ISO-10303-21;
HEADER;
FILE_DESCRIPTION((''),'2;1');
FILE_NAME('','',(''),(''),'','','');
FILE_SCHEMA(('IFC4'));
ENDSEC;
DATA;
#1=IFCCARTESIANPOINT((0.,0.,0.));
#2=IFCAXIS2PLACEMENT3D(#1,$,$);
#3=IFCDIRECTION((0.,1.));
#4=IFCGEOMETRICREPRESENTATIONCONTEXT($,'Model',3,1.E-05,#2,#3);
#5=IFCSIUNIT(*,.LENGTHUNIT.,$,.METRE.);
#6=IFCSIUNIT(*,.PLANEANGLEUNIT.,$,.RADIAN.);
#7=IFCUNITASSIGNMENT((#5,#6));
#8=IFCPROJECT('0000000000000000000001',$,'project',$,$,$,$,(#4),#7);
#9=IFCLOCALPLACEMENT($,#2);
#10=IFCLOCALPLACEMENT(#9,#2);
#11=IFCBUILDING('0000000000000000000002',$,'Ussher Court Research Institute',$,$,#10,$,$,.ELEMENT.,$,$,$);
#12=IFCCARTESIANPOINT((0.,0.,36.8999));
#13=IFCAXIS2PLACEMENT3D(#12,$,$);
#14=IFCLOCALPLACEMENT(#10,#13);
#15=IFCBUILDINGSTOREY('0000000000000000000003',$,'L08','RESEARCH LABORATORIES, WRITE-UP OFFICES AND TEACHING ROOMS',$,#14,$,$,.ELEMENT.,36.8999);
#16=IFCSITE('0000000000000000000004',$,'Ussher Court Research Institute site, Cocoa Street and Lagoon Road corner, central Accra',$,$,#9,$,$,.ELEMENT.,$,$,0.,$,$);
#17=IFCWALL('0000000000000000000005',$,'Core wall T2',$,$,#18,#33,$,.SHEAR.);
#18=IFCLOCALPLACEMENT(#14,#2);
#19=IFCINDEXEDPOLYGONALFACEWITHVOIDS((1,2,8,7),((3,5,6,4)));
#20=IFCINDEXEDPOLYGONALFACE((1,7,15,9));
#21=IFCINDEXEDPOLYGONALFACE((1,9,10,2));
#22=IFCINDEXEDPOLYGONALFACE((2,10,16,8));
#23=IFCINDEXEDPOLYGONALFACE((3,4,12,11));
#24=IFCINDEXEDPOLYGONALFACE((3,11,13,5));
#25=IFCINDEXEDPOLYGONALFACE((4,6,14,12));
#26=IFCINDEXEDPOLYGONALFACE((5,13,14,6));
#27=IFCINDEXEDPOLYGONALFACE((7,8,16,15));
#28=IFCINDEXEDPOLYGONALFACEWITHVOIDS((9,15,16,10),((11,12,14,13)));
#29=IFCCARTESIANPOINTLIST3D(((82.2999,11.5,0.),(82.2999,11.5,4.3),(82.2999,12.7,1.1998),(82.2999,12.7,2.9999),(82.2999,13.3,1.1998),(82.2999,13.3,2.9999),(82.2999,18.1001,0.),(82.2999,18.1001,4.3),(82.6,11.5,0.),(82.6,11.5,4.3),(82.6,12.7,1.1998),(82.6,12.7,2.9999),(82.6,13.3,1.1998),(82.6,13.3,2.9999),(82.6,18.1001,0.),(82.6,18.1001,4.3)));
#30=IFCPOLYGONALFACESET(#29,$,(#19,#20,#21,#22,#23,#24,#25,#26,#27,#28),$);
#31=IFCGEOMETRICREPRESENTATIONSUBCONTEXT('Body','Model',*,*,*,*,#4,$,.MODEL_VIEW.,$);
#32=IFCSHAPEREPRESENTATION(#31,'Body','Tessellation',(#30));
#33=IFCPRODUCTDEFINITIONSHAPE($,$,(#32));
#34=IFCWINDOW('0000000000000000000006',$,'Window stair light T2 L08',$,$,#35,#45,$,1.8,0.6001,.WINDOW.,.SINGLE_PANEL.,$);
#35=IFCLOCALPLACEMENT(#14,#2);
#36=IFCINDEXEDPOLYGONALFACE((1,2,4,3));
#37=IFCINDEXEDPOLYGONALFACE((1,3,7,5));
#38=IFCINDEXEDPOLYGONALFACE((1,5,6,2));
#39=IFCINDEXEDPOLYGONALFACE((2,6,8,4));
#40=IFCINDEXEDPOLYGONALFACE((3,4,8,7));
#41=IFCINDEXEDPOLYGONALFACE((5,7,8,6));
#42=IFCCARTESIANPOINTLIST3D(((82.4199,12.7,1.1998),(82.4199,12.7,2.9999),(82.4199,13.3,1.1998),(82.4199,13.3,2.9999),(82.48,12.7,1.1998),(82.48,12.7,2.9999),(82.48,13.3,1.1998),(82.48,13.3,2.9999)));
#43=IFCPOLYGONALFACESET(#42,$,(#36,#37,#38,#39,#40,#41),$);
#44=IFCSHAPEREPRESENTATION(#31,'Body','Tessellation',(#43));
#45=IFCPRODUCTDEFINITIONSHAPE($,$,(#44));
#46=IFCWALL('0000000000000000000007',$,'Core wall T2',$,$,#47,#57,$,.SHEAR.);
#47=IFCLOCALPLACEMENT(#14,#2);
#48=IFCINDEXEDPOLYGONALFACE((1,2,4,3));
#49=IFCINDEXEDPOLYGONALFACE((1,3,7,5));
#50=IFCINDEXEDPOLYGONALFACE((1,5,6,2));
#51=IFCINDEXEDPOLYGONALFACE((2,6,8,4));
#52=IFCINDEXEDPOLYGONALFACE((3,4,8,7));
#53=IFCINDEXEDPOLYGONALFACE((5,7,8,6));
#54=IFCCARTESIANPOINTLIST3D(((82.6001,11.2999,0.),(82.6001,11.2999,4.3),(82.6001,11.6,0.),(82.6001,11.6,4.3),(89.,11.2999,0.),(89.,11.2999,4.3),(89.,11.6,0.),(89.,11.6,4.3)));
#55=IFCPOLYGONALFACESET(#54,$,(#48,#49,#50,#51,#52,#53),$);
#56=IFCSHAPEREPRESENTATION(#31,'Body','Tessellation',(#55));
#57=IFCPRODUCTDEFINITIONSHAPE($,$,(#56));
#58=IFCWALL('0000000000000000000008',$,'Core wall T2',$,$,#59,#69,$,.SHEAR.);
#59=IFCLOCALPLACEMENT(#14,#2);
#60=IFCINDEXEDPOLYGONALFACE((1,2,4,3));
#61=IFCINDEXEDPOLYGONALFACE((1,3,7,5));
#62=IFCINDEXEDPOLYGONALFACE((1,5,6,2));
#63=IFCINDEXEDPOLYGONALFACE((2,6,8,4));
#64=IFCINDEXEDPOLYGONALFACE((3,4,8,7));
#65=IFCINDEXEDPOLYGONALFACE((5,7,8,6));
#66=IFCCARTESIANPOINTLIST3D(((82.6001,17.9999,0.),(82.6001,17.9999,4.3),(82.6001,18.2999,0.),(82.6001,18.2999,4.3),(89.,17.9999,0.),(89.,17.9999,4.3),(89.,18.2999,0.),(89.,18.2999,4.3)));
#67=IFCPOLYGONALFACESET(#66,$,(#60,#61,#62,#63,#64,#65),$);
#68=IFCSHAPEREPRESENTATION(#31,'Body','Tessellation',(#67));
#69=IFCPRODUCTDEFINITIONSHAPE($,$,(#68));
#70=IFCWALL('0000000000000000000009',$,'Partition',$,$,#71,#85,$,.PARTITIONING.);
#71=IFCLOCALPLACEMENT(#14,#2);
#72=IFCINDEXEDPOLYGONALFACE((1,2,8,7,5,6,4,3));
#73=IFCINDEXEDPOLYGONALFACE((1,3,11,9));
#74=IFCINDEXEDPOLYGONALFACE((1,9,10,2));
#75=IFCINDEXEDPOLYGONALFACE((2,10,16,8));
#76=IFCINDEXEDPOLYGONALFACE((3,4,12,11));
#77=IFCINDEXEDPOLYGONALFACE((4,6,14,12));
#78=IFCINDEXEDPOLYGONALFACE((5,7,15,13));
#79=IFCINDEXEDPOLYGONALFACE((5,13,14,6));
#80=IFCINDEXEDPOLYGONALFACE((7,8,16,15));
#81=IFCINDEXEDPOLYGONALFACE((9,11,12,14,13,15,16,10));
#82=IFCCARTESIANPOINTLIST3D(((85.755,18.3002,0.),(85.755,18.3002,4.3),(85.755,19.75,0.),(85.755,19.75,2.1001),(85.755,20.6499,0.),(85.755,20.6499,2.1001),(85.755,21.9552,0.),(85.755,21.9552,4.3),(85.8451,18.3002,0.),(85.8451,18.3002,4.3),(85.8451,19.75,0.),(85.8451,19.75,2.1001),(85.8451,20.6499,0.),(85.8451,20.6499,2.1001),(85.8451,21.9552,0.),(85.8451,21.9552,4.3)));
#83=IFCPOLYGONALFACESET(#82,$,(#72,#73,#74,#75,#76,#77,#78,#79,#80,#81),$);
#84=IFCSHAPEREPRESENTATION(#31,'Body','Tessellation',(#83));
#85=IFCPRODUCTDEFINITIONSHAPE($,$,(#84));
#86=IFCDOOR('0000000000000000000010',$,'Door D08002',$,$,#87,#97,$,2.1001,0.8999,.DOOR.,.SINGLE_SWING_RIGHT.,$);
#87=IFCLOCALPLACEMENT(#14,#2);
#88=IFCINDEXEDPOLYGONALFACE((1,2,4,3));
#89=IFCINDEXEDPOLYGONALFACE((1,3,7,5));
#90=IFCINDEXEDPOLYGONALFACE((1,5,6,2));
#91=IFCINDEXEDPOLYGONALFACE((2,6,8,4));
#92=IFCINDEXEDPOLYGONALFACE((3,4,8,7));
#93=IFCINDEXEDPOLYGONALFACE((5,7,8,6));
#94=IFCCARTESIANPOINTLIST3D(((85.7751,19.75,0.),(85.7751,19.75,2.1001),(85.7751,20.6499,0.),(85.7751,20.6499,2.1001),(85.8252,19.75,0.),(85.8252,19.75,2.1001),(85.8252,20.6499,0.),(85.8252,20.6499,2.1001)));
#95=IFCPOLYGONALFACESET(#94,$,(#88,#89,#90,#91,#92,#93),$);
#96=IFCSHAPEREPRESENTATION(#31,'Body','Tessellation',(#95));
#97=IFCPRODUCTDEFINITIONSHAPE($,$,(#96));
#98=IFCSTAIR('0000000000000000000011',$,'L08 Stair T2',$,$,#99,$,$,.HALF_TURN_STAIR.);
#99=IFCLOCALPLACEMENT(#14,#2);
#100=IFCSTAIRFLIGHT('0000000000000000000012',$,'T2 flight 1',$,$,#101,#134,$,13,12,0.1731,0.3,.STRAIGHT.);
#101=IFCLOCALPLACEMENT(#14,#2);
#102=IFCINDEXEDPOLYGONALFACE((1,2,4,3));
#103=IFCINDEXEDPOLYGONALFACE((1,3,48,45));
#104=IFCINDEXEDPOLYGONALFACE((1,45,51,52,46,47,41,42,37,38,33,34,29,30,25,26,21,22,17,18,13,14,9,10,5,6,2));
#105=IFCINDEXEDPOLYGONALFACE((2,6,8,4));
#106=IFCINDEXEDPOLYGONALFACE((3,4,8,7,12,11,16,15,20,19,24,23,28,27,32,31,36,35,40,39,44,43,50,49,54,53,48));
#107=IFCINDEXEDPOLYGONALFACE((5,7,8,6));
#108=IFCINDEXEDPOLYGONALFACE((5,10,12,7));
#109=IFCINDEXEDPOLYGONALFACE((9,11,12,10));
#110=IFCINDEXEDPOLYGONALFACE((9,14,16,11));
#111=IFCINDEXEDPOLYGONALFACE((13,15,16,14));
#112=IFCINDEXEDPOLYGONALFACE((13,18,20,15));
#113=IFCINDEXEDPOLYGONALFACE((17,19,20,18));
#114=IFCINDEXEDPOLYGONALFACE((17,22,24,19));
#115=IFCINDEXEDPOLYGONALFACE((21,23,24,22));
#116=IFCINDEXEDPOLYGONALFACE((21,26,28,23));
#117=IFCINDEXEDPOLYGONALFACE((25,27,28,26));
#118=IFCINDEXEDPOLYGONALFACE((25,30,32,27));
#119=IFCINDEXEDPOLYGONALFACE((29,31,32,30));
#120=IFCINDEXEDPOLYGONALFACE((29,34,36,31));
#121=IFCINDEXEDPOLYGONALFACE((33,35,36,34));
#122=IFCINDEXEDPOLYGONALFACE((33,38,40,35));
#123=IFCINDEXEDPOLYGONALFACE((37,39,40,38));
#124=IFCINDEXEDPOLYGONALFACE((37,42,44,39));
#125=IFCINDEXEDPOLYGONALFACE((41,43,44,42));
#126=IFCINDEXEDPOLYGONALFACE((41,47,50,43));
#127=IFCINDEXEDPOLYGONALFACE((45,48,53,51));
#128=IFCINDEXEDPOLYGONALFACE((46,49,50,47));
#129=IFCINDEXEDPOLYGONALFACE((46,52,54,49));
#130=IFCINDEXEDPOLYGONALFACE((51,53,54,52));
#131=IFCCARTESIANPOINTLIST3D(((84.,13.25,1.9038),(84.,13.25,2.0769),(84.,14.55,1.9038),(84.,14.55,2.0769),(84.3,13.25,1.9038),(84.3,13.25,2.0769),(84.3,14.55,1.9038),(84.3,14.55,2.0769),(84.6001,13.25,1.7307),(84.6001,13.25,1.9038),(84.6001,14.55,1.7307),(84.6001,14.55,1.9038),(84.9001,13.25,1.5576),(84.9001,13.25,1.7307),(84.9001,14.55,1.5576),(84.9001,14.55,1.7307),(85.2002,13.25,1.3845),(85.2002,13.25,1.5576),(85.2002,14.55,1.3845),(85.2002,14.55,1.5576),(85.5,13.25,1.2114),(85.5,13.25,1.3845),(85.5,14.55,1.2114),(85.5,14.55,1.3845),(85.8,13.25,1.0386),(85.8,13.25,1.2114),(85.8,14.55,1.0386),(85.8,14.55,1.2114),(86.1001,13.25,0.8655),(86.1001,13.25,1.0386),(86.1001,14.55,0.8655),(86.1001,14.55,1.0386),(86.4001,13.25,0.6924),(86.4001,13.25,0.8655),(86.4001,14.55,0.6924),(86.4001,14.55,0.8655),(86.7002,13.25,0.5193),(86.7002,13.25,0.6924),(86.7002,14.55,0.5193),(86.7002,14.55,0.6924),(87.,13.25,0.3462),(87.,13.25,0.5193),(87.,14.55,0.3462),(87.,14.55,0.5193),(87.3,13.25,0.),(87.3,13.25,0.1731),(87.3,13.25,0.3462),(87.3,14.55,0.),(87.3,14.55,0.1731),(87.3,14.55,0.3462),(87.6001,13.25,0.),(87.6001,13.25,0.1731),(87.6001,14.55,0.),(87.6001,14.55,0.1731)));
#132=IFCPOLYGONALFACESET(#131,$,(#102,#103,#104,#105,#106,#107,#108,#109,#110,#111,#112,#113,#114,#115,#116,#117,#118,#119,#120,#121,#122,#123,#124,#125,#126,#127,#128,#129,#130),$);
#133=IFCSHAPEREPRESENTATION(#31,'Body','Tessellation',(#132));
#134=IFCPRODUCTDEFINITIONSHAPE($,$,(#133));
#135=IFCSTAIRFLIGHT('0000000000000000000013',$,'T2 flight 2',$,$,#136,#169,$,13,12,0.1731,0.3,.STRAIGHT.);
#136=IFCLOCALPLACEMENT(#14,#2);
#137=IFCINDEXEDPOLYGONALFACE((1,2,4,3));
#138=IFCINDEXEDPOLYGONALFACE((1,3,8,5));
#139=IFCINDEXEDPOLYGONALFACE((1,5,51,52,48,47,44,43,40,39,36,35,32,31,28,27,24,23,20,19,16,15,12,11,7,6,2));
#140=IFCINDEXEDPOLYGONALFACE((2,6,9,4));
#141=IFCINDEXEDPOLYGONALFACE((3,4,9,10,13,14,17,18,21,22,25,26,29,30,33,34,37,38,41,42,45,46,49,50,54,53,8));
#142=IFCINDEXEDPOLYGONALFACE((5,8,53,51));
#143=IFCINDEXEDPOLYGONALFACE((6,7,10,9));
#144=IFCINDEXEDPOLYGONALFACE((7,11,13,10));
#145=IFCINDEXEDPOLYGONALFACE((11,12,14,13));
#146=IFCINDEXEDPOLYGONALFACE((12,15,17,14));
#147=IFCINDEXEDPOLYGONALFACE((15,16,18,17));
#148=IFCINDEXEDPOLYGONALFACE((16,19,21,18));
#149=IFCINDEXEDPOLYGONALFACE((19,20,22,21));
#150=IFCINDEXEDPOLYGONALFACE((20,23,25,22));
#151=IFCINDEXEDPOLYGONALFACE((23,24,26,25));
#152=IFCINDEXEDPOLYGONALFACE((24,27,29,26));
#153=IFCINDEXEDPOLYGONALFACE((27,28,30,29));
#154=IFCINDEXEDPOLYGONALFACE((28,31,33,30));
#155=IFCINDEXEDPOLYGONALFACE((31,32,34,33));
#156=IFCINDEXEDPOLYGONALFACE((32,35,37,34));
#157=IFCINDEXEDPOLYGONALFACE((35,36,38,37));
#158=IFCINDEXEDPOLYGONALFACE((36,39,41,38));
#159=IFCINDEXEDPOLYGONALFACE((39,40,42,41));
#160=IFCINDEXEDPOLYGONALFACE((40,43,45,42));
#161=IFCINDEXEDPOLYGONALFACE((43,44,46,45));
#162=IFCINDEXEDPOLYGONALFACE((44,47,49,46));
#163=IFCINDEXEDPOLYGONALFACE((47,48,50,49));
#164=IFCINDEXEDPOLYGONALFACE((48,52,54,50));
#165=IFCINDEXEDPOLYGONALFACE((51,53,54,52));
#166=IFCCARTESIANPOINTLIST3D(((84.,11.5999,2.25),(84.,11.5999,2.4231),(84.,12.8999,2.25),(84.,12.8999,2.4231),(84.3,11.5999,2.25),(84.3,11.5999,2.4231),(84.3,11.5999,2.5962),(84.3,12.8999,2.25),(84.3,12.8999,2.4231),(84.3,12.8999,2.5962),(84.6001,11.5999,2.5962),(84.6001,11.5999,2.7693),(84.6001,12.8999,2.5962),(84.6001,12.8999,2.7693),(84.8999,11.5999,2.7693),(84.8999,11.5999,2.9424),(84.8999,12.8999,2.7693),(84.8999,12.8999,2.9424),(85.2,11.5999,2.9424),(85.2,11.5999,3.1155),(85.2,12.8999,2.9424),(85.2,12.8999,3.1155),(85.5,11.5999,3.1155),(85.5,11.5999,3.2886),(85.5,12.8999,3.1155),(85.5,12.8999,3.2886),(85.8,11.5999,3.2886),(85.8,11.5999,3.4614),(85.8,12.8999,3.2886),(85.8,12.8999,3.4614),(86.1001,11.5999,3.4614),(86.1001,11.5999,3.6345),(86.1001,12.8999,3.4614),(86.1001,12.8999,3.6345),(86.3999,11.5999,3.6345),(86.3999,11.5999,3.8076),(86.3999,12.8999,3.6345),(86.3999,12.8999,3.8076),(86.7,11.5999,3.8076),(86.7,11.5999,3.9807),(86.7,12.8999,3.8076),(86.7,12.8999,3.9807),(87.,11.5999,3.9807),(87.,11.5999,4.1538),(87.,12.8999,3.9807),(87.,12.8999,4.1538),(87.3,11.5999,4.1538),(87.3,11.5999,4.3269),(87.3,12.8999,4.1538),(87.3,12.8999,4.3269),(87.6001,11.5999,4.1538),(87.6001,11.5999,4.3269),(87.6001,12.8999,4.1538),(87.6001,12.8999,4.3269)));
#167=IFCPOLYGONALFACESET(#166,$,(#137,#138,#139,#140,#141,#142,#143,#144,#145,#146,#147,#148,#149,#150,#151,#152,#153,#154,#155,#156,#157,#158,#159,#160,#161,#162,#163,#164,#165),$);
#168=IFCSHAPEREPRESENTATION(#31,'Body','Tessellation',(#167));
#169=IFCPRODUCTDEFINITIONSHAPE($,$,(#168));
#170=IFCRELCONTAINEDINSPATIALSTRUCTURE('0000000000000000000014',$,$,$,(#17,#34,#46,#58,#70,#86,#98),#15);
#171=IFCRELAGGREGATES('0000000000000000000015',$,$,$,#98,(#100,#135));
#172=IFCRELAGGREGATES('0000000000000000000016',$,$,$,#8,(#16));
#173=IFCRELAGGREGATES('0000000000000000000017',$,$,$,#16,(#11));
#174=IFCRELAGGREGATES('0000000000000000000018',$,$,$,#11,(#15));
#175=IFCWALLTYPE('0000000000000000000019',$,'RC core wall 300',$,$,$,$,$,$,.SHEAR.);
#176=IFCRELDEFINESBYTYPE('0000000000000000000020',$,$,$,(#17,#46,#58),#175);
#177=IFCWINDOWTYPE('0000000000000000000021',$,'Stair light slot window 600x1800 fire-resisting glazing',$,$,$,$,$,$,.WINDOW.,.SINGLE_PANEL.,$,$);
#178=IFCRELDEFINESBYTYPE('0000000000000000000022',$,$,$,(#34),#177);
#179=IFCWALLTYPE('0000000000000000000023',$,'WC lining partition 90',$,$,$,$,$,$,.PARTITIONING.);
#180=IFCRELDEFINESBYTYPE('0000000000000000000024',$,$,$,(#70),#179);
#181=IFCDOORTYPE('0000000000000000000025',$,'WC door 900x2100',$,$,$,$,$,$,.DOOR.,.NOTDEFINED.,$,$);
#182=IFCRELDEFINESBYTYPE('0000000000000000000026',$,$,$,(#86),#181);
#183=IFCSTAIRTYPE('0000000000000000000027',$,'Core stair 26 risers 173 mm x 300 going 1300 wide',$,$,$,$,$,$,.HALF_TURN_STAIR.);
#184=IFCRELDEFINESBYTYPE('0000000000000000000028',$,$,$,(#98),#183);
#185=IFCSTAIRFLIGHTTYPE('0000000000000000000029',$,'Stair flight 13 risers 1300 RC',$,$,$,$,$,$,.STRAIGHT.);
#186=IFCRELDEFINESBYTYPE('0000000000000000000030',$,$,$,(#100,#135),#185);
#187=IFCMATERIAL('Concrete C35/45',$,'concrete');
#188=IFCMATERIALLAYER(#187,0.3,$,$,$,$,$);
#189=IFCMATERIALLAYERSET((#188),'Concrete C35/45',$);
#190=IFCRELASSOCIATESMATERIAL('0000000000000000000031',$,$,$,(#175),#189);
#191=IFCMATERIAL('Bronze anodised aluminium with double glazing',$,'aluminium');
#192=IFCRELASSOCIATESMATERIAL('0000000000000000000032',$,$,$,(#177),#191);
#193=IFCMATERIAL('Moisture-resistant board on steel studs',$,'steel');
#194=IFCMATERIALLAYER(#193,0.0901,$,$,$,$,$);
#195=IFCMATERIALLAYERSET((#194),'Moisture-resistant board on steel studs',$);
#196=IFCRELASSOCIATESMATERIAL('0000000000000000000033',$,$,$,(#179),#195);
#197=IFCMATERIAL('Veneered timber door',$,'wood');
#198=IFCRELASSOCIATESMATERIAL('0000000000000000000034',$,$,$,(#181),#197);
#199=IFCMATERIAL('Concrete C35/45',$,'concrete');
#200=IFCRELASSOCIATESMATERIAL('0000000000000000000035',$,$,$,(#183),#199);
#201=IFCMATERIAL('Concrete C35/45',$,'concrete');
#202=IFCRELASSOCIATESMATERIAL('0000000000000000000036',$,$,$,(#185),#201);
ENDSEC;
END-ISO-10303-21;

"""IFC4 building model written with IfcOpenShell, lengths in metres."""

from ifc_helpers import new_model, si_unit, direction, frame, frame_2d, origin, place, context, subcontext, project, spatial, polyline, rectangle, outline, extrude, material, layer, layer_set, type_object, element, fill, aggregate, save


model = new_model("IFC4")

# Units and contexts
model_context = context("Model", 3, precision=1e-05, world=origin(), true_north=direction((0.0, 1.0)))
body_context = subcontext(model_context, "Body", "Model", "MODEL_VIEW")
ifc_project = project(units=[si_unit("LENGTHUNIT", "METRE"), si_unit("PLANEANGLEUNIT", "RADIAN")], contexts=[model_context])

# Site, building, storey
site_placement = place(None, origin())
site = spatial("IfcSite", under=ifc_project, at=site_placement, Name="Ussher Court Research Institute site, Cocoa Street and Lagoon Road corner, central Accra", CompositionType="ELEMENT", RefElevation=0.0)
building_placement = place(site_placement, origin())
building = spatial("IfcBuilding", under=site, at=building_placement, Name="Ussher Court Research Institute", CompositionType="ELEMENT")
storey_placement = place(building_placement, frame((0.0, 0.0, 36.8999)))
storey = spatial("IfcBuildingStorey", under=building, at=storey_placement, Name="L08", Description="RESEARCH LABORATORIES, WRITE-UP OFFICES AND TEACHING ROOMS", CompositionType="ELEMENT", Elevation=36.8999)

# Shared definitions
ifc_material_1 = material(Name="Concrete C35/45", Category="concrete")
ifc_layer_1 = layer(ifc_material_1, 0.3)
ifc_layer_set_1 = layer_set([ifc_layer_1], Name="Concrete C35/45")
wall_type_1 = type_object("IfcWallType", Name="RC core wall 300", PredefinedType="SHEAR", material=ifc_layer_set_1)

# Wall, opening, window
wall_1_placement = place(storey_placement, frame((82.45, 11.5, 0.0), z_axis=(0.0, 0.0, 1.0), x_axis=(0.0, 1.0, 0.0)))
wall_1 = element("IfcWall", 1, at=wall_1_placement, inside=storey, type_object=wall_type_1, Name="Core wall T2", PredefinedType="SHEAR", context=body_context, shape_type="SweptSolid", body=[
    extrude(rectangle(XDim=6.6001, YDim=0.3, at=frame_2d((3.3, 0.0))), origin(), (0.0, 0.0, 1.0), 4.3),
])
opening_1_placement = place(wall_1_placement, frame((1.2, 0.0, 1.2)))
opening_1 = element("IfcOpeningElement", 2, at=opening_1_placement, cuts=wall_1, PredefinedType="OPENING", context=body_context, shape_type="SweptSolid", body=[
    extrude(rectangle(XDim=0.6001, YDim=1.8, at=frame_2d((0.3, 0.8999))), frame((0.0, 0.1602, 0.0), z_axis=(0.0, -1.0, 0.0), x_axis=(1.0, 0.0, 0.0)), (0.0, 0.0, 1.0), 0.3201),
])
ifc_material_2 = material(Name="Bronze anodised aluminium with double glazing", Category="aluminium")
window_type = type_object("IfcWindowType", Name="Stair light slot window 600x1800 fire-resisting glazing", PartitioningType="SINGLE_PANEL", PredefinedType="WINDOW", material=ifc_material_2)
window_placement = place(opening_1_placement, origin())
window = element("IfcWindow", 3, at=window_placement, inside=storey, type_object=window_type, Name="Window stair light T2 L08", OverallHeight=1.8, OverallWidth=0.6001, PartitioningType="SINGLE_PANEL", PredefinedType="WINDOW", context=body_context, shape_type="SweptSolid", body=[
    extrude(rectangle(XDim=0.6001, YDim=1.8, at=frame_2d((0.3, 0.8999))), frame((0.0, 0.03, 0.0), z_axis=(0.0, -1.0, 0.0), x_axis=(1.0, 0.0, 0.0)), (0.0, 0.0, 1.0), 0.0601),
])
fill(opening_1, window)

# Walls
for number, where, z_axis, x_axis, name in (
    (4, (82.6001, 11.45, 0.0), (0.0, 0.0, 1.0), (1.0, 0.0, 0.0), "Core wall T2"),
    (5, (82.6001, 18.1499, 0.0), (0.0, 0.0, 1.0), (1.0, 0.0, 0.0), "Core wall T2"),
):
    element("IfcWall", number, at=place(storey_placement, frame(where, z_axis=z_axis, x_axis=x_axis)), inside=storey, type_object=wall_type_1, Name=name, PredefinedType="SHEAR", context=body_context, shape_type="SweptSolid", body=[
        extrude(rectangle(XDim=6.3999, YDim=0.3, at=frame_2d((3.2, 0.0))), origin(), (0.0, 0.0, 1.0), 4.3),
    ])

# Wall, opening, door
ifc_material_3 = material(Name="Moisture-resistant board on steel studs", Category="steel")
ifc_layer_2 = layer(ifc_material_3, 0.0901)
ifc_layer_set_2 = layer_set([ifc_layer_2], Name="Moisture-resistant board on steel studs")
wall_type_2 = type_object("IfcWallType", Name="WC lining partition 90", PredefinedType="PARTITIONING", material=ifc_layer_set_2)
wall_2_placement = place(storey_placement, frame((85.8, 18.3, 0.0), z_axis=(0.0, 0.0, 1.0), x_axis=(0.0, 1.0, 0.0)))
wall_2 = element("IfcWall", 6, at=wall_2_placement, inside=storey, type_object=wall_type_2, Name="Partition", PredefinedType="PARTITIONING", context=body_context, shape_type="SweptSolid", body=[
    extrude(rectangle(XDim=3.655, YDim=0.0901, at=frame_2d((1.8276, 0.0))), origin(), (0.0, 0.0, 1.0), 4.3),
])
opening_2_placement = place(wall_2_placement, frame((1.45, 0.0, 0.0)))
opening_2 = element("IfcOpeningElement", 7, at=opening_2_placement, cuts=wall_2, PredefinedType="OPENING", context=body_context, shape_type="SweptSolid", body=[
    extrude(rectangle(XDim=0.8999, YDim=2.1001, at=frame_2d((0.45, 1.05))), frame((0.0, 0.0552, 0.0), z_axis=(0.0, -1.0, 0.0), x_axis=(1.0, 0.0, 0.0)), (0.0, 0.0, 1.0), 0.1101),
])
ifc_material_4 = material(Name="Veneered timber door", Category="wood")
door_type_1 = type_object("IfcDoorType", Name="WC door 900x2100", OperationType="NOTDEFINED", PredefinedType="DOOR", material=ifc_material_4)
door_1_placement = place(opening_2_placement, origin())
door_1 = element("IfcDoor", 8, at=door_1_placement, inside=storey, type_object=door_type_1, Name="Door D08002", OperationType="SINGLE_SWING_RIGHT", OverallHeight=2.1001, OverallWidth=0.8999, PredefinedType="DOOR", context=body_context, shape_type="SweptSolid", body=[
    extrude(rectangle(XDim=0.8999, YDim=2.1001, at=frame_2d((0.45, 1.05))), frame((0.0, 0.0249, 0.0), z_axis=(0.0, -1.0, 0.0), x_axis=(1.0, 0.0, 0.0)), (0.0, 0.0, 1.0), 0.05),
])
fill(opening_2, door_1)

# Stair, stair flights
ifc_material_5 = material(Name="Concrete C35/45", Category="concrete")
stair_type = type_object("IfcStairType", Name="Core stair 26 risers 173 mm x 300 going 1300 wide", PredefinedType="HALF_TURN_STAIR", material=ifc_material_5)
stair_placement = place(storey_placement, origin())
stair = element("IfcStair", 9, at=stair_placement, inside=storey, type_object=stair_type, Name="L08 Stair T2", PredefinedType="HALF_TURN_STAIR")
ifc_material_6 = material(Name="Concrete C35/45", Category="concrete")
stair_flight_type = type_object("IfcStairFlightType", Name="Stair flight 13 risers 1300 RC", PredefinedType="STRAIGHT", material=ifc_material_6)
stair_flight_1_placement = place(storey_placement, frame((87.6001, 13.8999, 0.0), z_axis=(0.0, 0.0, 1.0), x_axis=(-1.0, 0.0, 0.0)))
stair_flight_1 = element("IfcStairFlight", 10, at=stair_flight_1_placement, type_object=stair_flight_type, Name="T2 flight 1", NumberOfRisers=13, NumberOfTreads=12, PredefinedType="STRAIGHT", RiserHeight=0.1731, TreadLength=0.3, context=body_context, shape_type="SweptSolid", body=[
    extrude(outline(polyline([(0.0, 0.0), (0.0, 0.1731), (0.3, 0.1731), (0.3, 0.3462), (0.6001, 0.3462), (0.6001, 0.5193), (0.8999, 0.5193), (0.8999, 0.6924), (1.2, 0.6924), (1.2, 0.8655), (1.5, 0.8655), (1.5, 1.0386), (1.8, 1.0386), (1.8, 1.2114), (2.1001, 1.2114), (2.1001, 1.3845), (2.3999, 1.3845), (2.3999, 1.5576), (2.7, 1.5576), (2.7, 1.7307), (3.0, 1.7307), (3.0, 1.9038), (3.3, 1.9038), (3.3, 2.0769), (3.6001, 2.0769), (3.6001, 2.25), (3.6001, 1.9038), (0.3, 0.0), (0.0, 0.0)])), frame((0.0, 0.6499, 0.0), z_axis=(0.0, -1.0, 0.0), x_axis=(1.0, 0.0, 0.0)), (0.0, 0.0, 1.0), 1.3),
])
stair_flight_2_placement = place(storey_placement, frame((84.0, 12.25, 2.25), z_axis=(0.0, 0.0, 1.0), x_axis=(1.0, 0.0, 0.0)))
stair_flight_2 = element("IfcStairFlight", 11, at=stair_flight_2_placement, type_object=stair_flight_type, Name="T2 flight 2", NumberOfRisers=13, NumberOfTreads=12, PredefinedType="STRAIGHT", RiserHeight=0.1731, TreadLength=0.3, context=body_context, shape_type="SweptSolid", body=[
    extrude(outline(polyline([(0.0, 0.0), (0.0, 0.1731), (0.3, 0.1731), (0.3, 0.3462), (0.6001, 0.3462), (0.6001, 0.5193), (0.8999, 0.5193), (0.8999, 0.6924), (1.2, 0.6924), (1.2, 0.8655), (1.5, 0.8655), (1.5, 1.0386), (1.8, 1.0386), (1.8, 1.2114), (2.1001, 1.2114), (2.1001, 1.3845), (2.3999, 1.3845), (2.3999, 1.5576), (2.7, 1.5576), (2.7, 1.7307), (3.0, 1.7307), (3.0, 1.9038), (3.3, 1.9038), (3.3, 2.0769), (3.6001, 2.0769), (3.6001, 2.25), (3.6001, 1.9038), (0.3, 0.0), (0.0, 0.0)])), frame((0.0, 0.6499, 0.0), z_axis=(0.0, -1.0, 0.0), x_axis=(1.0, 0.0, 0.0)), (0.0, 0.0, 1.0), 1.3),
])
aggregate(stair, [stair_flight_1, stair_flight_2])

save(model, "model.ifc")
